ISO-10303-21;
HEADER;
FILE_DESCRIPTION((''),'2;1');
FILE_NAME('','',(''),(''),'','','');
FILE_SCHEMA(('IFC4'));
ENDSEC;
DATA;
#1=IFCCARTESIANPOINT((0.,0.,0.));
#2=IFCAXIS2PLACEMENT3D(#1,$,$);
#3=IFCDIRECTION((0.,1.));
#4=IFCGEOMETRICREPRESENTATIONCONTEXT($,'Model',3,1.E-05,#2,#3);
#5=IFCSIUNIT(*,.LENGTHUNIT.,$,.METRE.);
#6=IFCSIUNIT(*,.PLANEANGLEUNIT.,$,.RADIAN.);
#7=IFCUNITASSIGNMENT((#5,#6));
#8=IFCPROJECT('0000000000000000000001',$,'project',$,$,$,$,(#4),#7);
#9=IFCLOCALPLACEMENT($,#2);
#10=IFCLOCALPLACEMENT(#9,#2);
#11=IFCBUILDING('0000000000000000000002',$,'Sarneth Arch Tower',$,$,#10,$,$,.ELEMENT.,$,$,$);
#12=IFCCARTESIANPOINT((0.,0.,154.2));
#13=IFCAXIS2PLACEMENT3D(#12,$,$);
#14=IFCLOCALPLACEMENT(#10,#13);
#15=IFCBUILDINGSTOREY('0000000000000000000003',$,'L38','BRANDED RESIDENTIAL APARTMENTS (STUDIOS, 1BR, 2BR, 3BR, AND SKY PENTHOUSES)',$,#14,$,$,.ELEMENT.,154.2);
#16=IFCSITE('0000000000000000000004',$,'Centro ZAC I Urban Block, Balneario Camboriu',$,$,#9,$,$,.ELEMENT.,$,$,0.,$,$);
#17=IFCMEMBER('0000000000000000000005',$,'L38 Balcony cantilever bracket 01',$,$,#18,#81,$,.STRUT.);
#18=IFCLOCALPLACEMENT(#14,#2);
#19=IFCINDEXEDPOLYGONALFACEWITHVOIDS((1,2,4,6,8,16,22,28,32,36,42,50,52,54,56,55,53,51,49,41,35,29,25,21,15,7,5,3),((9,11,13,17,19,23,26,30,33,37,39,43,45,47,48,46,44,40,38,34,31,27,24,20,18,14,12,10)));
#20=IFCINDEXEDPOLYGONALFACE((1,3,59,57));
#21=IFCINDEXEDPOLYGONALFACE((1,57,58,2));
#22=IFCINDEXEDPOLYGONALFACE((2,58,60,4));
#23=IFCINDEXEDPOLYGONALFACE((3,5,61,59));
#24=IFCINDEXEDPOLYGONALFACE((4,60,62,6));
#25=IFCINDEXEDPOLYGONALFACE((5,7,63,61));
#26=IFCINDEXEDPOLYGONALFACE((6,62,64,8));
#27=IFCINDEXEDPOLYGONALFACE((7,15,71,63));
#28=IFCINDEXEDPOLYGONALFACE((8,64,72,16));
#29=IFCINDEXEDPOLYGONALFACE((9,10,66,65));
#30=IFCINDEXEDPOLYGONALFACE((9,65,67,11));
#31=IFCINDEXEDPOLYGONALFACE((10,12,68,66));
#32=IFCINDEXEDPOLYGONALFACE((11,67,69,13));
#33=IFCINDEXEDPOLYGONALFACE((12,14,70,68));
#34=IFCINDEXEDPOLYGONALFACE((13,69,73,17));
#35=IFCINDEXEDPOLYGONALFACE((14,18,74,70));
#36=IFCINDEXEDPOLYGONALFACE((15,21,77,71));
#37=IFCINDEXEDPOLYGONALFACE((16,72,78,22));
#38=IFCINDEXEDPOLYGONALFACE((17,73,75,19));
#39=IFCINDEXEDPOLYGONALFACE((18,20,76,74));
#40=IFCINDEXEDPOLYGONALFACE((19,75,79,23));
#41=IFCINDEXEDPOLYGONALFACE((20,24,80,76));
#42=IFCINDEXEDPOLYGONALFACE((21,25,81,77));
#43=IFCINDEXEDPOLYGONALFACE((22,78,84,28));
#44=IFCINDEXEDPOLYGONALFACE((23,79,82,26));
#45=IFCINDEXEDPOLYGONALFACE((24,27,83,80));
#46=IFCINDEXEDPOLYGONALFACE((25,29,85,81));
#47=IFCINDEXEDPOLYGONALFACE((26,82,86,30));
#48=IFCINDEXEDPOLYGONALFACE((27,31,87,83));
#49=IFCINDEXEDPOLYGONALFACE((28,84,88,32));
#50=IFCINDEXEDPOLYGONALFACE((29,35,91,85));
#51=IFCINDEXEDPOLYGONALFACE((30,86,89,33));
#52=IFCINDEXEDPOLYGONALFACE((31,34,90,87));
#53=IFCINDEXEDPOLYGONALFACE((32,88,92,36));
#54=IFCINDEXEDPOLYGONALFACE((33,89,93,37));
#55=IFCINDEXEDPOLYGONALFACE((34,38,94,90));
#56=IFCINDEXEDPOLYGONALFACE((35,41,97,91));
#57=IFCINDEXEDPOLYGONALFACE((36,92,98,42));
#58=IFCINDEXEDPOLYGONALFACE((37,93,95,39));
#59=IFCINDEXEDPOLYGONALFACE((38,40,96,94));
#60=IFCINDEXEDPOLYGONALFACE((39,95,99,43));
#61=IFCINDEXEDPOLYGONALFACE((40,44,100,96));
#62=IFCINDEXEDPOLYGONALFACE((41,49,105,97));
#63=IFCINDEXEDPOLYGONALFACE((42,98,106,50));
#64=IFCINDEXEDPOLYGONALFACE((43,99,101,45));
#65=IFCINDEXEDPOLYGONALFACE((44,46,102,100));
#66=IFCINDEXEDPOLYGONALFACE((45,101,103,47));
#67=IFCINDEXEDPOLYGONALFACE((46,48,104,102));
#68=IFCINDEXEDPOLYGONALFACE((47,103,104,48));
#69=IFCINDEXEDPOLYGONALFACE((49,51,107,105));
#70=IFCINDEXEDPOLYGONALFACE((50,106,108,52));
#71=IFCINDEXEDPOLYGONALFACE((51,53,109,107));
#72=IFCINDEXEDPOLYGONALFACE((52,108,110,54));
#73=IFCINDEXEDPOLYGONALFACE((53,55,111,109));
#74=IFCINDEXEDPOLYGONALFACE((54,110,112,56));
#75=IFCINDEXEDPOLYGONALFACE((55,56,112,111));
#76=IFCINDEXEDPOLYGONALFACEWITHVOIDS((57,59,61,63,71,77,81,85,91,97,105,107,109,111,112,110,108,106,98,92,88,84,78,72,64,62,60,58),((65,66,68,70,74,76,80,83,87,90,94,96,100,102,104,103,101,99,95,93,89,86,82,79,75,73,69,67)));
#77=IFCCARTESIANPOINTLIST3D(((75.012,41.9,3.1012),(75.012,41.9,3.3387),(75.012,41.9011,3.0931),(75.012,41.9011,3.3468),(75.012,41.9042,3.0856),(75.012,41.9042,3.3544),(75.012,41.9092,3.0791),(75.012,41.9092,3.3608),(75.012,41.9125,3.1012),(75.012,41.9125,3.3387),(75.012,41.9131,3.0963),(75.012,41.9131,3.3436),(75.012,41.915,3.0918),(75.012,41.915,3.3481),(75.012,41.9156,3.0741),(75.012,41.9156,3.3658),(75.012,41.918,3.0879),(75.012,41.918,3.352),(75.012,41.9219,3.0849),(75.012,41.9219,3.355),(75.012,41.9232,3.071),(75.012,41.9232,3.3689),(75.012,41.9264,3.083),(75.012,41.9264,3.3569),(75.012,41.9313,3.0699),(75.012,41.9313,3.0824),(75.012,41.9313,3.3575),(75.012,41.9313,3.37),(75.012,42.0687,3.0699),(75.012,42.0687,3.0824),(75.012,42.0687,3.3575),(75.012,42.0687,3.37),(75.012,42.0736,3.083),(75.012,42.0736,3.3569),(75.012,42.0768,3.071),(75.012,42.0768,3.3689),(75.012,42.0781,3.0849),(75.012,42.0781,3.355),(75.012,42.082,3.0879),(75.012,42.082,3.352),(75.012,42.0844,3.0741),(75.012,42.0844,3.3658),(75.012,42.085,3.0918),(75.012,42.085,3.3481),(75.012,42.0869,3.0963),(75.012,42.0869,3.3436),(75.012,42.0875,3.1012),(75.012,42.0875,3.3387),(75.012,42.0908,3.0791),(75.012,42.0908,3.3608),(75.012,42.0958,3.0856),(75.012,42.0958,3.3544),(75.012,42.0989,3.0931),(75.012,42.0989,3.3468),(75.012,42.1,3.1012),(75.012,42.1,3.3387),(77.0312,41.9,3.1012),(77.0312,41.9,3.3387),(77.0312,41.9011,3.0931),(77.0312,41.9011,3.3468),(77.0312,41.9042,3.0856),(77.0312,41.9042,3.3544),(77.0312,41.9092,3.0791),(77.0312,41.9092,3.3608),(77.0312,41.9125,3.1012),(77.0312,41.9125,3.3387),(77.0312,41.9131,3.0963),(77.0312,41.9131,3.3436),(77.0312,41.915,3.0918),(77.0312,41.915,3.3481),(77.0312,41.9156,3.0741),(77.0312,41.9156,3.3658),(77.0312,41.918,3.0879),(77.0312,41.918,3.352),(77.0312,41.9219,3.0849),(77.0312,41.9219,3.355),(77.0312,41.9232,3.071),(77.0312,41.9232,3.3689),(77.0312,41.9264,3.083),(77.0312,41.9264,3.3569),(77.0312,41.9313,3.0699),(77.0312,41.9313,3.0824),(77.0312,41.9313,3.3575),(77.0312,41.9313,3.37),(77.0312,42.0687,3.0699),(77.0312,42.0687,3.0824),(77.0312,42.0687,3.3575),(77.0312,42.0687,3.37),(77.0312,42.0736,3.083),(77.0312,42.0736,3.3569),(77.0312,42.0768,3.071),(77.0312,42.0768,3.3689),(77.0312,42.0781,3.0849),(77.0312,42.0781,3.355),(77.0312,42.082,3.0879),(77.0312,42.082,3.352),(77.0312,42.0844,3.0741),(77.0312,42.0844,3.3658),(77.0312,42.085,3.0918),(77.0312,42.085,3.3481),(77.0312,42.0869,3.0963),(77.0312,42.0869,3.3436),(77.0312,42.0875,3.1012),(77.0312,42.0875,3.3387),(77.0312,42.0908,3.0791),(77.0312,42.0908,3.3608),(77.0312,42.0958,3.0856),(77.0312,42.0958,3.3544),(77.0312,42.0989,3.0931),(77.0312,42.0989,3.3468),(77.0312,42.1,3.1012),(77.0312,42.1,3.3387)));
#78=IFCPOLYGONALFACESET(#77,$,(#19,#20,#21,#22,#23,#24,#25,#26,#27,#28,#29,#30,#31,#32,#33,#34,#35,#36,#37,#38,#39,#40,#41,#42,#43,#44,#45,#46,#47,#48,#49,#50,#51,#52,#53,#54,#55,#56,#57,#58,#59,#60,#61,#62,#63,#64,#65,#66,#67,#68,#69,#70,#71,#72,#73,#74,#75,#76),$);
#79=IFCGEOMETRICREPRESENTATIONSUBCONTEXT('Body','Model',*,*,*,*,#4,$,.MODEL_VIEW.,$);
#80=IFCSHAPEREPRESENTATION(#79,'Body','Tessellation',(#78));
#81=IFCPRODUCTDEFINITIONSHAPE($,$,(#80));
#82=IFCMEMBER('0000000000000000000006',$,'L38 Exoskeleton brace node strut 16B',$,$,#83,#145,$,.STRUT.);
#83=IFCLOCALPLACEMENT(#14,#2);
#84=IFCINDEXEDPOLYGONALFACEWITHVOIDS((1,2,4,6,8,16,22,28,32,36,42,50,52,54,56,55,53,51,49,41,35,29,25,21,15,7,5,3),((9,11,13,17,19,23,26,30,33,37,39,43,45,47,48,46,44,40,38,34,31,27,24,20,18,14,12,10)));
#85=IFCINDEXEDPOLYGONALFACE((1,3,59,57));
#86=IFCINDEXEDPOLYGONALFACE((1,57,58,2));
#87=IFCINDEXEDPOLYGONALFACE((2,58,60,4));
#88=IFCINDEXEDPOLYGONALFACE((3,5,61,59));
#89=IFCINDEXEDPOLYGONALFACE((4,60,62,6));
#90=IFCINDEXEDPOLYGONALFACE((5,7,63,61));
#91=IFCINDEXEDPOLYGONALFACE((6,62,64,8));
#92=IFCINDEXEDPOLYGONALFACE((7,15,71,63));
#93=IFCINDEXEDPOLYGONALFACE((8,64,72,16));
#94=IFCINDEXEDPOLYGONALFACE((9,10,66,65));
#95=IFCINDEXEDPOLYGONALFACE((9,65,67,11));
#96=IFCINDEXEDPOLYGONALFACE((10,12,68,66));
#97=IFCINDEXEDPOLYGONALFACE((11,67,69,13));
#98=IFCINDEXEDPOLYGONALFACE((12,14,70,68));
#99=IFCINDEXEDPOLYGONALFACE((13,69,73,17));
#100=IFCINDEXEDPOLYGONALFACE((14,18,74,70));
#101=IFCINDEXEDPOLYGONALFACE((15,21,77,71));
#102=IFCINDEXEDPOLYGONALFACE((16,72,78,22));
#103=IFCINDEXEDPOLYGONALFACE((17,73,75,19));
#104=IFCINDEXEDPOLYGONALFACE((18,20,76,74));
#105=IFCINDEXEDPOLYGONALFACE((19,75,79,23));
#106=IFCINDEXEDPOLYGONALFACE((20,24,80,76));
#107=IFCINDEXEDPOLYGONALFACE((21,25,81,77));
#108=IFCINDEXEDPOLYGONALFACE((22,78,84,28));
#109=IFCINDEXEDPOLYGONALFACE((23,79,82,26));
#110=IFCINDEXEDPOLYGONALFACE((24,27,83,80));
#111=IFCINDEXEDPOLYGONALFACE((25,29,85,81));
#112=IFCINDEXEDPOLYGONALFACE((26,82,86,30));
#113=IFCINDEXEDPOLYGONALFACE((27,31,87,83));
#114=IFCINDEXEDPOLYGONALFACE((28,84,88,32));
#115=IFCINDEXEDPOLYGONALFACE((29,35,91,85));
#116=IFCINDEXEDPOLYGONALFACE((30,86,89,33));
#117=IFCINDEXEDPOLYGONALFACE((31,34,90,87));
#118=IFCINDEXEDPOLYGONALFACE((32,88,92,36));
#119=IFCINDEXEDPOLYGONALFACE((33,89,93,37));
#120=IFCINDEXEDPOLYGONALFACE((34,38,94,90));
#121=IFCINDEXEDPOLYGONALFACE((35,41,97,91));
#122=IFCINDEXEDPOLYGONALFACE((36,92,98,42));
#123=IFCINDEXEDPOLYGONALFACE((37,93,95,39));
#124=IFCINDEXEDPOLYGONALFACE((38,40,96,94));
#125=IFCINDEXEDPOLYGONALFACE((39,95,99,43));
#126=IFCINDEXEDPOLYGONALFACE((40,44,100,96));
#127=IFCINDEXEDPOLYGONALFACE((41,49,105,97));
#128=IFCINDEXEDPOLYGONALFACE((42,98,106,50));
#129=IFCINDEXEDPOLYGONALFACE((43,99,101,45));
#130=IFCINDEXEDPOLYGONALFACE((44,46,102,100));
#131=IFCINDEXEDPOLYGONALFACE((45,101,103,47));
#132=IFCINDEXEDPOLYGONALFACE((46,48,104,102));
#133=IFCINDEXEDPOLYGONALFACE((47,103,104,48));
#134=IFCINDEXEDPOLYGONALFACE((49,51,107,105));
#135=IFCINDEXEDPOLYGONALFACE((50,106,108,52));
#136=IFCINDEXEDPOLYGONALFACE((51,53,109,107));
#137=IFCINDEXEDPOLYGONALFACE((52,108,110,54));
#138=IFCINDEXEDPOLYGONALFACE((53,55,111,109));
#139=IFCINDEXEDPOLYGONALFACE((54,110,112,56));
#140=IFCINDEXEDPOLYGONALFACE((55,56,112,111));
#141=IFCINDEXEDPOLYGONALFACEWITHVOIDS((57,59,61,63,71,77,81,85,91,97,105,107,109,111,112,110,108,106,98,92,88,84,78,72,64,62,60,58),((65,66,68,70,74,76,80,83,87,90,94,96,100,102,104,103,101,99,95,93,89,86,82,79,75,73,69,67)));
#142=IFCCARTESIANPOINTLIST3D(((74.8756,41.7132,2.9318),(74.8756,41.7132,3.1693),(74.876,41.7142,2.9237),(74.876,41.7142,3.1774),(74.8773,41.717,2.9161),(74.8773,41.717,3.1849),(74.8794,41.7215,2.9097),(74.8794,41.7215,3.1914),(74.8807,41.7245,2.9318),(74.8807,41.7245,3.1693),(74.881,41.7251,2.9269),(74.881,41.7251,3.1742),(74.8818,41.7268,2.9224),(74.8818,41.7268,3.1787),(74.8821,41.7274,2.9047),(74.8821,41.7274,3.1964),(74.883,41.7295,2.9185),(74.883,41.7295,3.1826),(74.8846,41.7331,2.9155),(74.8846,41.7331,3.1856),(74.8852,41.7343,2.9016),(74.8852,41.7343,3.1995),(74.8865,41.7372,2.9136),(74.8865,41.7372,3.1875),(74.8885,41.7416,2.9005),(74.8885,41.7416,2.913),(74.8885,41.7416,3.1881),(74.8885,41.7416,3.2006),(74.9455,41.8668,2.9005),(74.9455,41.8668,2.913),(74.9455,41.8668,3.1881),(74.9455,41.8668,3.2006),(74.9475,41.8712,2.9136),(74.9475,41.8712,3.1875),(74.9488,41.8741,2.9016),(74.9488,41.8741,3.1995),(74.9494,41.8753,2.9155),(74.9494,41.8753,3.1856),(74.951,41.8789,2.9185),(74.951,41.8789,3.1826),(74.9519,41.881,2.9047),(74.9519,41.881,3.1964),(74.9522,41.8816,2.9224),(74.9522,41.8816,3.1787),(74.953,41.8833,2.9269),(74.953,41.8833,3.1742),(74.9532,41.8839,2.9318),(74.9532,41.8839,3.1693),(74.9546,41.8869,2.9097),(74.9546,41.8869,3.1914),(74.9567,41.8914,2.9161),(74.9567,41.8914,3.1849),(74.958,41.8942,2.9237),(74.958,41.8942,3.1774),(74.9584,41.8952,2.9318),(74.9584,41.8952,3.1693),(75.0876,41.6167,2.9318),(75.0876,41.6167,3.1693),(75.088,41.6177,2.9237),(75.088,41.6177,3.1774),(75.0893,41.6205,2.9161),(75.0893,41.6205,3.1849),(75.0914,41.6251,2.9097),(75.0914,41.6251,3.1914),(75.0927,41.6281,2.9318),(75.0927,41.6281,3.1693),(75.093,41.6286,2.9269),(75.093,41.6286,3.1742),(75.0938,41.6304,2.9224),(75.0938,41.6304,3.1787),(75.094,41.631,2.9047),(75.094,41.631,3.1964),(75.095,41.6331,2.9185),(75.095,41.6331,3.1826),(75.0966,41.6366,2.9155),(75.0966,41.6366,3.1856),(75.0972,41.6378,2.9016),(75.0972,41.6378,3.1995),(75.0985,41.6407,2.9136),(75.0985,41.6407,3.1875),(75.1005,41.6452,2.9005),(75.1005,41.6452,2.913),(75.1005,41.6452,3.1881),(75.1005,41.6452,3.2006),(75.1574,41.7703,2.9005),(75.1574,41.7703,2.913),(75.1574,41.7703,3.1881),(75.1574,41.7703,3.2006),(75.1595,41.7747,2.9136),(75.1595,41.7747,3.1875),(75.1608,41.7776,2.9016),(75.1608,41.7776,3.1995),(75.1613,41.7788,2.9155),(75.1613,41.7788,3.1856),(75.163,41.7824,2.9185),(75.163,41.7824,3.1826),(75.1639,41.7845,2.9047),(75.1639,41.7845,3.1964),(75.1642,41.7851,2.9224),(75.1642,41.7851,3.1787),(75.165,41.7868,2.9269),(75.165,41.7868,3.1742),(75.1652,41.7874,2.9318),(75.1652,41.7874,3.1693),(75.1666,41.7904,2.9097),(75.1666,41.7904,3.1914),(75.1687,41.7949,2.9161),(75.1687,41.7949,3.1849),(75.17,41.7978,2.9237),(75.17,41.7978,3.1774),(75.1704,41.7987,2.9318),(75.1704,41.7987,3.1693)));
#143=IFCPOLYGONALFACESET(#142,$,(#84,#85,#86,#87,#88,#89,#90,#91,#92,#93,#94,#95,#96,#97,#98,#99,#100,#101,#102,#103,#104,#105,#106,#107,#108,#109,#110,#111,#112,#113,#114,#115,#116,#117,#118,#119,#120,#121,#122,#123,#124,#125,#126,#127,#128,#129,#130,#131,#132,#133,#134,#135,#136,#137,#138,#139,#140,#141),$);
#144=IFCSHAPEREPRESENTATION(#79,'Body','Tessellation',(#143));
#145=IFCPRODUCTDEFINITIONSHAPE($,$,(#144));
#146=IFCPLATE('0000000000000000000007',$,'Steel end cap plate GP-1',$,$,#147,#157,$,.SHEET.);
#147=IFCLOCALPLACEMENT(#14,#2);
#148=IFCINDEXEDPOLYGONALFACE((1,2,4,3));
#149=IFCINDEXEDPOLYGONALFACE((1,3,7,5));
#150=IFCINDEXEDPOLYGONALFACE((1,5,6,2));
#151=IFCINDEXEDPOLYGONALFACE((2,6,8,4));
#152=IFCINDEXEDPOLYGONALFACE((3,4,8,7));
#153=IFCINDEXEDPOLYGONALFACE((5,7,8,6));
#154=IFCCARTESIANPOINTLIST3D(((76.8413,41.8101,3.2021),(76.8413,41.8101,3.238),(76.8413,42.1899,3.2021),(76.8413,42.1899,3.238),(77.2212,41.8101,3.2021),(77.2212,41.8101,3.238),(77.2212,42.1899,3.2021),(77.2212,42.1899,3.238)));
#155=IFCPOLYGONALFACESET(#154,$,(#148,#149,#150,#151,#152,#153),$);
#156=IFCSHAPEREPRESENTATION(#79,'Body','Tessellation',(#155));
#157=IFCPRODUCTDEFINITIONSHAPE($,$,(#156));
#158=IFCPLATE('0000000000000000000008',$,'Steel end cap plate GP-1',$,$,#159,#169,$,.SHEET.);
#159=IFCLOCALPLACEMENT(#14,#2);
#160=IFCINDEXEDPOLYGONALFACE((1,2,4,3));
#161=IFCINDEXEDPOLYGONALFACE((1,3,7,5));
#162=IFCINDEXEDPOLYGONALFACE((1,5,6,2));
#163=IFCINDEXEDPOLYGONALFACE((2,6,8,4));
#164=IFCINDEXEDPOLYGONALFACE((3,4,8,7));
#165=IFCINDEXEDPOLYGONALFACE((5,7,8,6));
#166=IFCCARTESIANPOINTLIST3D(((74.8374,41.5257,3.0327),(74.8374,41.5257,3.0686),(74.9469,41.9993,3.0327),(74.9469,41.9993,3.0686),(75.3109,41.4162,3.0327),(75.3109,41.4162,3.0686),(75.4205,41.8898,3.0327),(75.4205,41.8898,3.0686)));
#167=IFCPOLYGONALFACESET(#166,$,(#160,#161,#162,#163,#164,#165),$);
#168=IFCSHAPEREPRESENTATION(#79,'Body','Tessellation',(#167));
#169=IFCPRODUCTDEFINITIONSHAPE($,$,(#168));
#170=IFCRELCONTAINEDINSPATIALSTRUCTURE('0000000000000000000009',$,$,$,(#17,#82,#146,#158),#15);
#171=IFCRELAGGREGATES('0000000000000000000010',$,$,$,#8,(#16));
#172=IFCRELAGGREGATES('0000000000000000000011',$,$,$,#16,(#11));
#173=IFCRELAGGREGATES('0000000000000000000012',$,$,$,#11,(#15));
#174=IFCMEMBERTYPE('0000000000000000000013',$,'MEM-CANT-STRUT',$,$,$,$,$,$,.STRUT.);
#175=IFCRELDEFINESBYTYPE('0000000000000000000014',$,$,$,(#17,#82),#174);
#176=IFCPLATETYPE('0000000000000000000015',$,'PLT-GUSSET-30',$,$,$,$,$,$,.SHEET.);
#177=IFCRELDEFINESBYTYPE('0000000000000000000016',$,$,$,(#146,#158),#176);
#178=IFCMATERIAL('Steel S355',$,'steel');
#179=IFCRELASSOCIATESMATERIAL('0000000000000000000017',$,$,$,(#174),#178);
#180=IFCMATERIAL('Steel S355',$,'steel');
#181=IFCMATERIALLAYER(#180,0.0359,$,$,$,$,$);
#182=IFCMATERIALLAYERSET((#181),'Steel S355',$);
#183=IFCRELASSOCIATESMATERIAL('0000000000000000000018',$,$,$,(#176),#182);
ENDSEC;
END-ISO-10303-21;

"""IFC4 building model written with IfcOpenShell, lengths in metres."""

from ifc_helpers import new_model, si_unit, direction, frame, origin, origin_2d, place, context, subcontext, project, spatial, rectangle, hollow_rectangle, extrude, material, layer, layer_set, material_profile, profile_set, type_object, element, save


model = new_model("IFC4")

# Units and contexts
model_context = context("Model", 3, precision=1e-05, world=origin(), true_north=direction((0.0, 1.0)))
body_context = subcontext(model_context, "Body", "Model", "MODEL_VIEW")
ifc_project = project(units=[si_unit("LENGTHUNIT", "METRE"), si_unit("PLANEANGLEUNIT", "RADIAN")], contexts=[model_context])

# Site, building, storey
site_placement = place(None, origin())
site = spatial("IfcSite", under=ifc_project, at=site_placement, Name="Centro ZAC I Urban Block, Balneario Camboriu", CompositionType="ELEMENT", RefElevation=0.0)
building_placement = place(site_placement, origin())
building = spatial("IfcBuilding", under=site, at=building_placement, Name="Sarneth Arch Tower", CompositionType="ELEMENT")
storey_placement = place(building_placement, frame((0.0, 0.0, 154.2)))
storey = spatial("IfcBuildingStorey", under=building, at=storey_placement, Name="L38", Description="BRANDED RESIDENTIAL APARTMENTS (STUDIOS, 1BR, 2BR, 3BR, AND SKY PENTHOUSES)", CompositionType="ELEMENT", Elevation=154.2)

# Members
ifc_material_1 = material(Name="Steel S355", Category="steel")
ifc_material_profile_1 = material_profile(ifc_material_1, hollow_rectangle(XDim=0.2, YDim=0.3, WallThickness=0.0125, InnerFilletRadius=0.0188, OuterFilletRadius=0.0312, at=origin_2d()), Name="RHS300x200x12.5")
ifc_profile_set_1 = profile_set([ifc_material_profile_1], Name="Steel S355")
member_type_1 = type_object("IfcMemberType", Name="MEM-CANT-STRUT", PredefinedType="STRUT", material=ifc_profile_set_1)
member_1_placement = place(storey_placement, frame((75.012, 42.0, 3.22), z_axis=(1.0, 0.0, 0.0), x_axis=(0.0, 1.0, 0.0)))
element("IfcMember", 1, at=member_1_placement, inside=storey, type_object=member_type_1, Name="L38 Balcony cantilever bracket 01", PredefinedType="STRUT", context=body_context, shape_type="SweptSolid", body=[
    extrude(hollow_rectangle(XDim=0.2, YDim=0.3, WallThickness=0.0125, InnerFilletRadius=0.0188, OuterFilletRadius=0.0312, at=origin_2d()), origin(), (0.0, 0.0, 1.0), 2.0193),
])
member_2_placement = place(storey_placement, frame((74.917, 41.8042, 3.0505), z_axis=(0.910187, -0.414198, 0.0), x_axis=(0.414198, 0.910187, 0.0)))
element("IfcMember", 2, at=member_2_placement, inside=storey, type_object=member_type_1, Name="L38 Exoskeleton brace node strut 16B", PredefinedType="STRUT", context=body_context, shape_type="SweptSolid", body=[
    extrude(hollow_rectangle(XDim=0.2, YDim=0.3, WallThickness=0.0125, InnerFilletRadius=0.0188, OuterFilletRadius=0.0312, at=origin_2d()), origin(), (0.0, 0.0, 1.0), 0.2329),
])

# Plates
ifc_material_2 = material(Name="Steel S355", Category="steel")
ifc_layer_1 = layer(ifc_material_2, 0.0359)
ifc_layer_set_1 = layer_set([ifc_layer_1], Name="Steel S355")
plate_type = type_object("IfcPlateType", Name="PLT-GUSSET-30", PredefinedType="SHEET", material=ifc_layer_set_1)
plate_1_placement = place(storey_placement, frame((77.0312, 42.0, 3.2021), z_axis=(0.0, 0.0, 1.0), x_axis=(1.0, 0.0, 0.0)))
element("IfcPlate", 3, at=plate_1_placement, inside=storey, type_object=plate_type, Name="Steel end cap plate GP-1", PredefinedType="SHEET", context=body_context, shape_type="SweptSolid", body=[
    extrude(rectangle(XDim=0.3799, YDim=0.3799, at=origin_2d()), origin(), (0.0, 0.0, 1.0), 0.0359),
])
plate_2_placement = place(storey_placement, frame((75.1289, 41.7078, 3.0327), z_axis=(0.0, 0.0, 1.0), x_axis=(0.225291, 0.974291, 0.0)))
element("IfcPlate", 4, at=plate_2_placement, inside=storey, type_object=plate_type, Name="Steel end cap plate GP-1", PredefinedType="SHEET", context=body_context, shape_type="SweptSolid", body=[
    extrude(rectangle(XDim=0.4861, YDim=0.4861, at=origin_2d()), origin(), (0.0, 0.0, 1.0), 0.0359),
])

save(model, "model.ifc")
